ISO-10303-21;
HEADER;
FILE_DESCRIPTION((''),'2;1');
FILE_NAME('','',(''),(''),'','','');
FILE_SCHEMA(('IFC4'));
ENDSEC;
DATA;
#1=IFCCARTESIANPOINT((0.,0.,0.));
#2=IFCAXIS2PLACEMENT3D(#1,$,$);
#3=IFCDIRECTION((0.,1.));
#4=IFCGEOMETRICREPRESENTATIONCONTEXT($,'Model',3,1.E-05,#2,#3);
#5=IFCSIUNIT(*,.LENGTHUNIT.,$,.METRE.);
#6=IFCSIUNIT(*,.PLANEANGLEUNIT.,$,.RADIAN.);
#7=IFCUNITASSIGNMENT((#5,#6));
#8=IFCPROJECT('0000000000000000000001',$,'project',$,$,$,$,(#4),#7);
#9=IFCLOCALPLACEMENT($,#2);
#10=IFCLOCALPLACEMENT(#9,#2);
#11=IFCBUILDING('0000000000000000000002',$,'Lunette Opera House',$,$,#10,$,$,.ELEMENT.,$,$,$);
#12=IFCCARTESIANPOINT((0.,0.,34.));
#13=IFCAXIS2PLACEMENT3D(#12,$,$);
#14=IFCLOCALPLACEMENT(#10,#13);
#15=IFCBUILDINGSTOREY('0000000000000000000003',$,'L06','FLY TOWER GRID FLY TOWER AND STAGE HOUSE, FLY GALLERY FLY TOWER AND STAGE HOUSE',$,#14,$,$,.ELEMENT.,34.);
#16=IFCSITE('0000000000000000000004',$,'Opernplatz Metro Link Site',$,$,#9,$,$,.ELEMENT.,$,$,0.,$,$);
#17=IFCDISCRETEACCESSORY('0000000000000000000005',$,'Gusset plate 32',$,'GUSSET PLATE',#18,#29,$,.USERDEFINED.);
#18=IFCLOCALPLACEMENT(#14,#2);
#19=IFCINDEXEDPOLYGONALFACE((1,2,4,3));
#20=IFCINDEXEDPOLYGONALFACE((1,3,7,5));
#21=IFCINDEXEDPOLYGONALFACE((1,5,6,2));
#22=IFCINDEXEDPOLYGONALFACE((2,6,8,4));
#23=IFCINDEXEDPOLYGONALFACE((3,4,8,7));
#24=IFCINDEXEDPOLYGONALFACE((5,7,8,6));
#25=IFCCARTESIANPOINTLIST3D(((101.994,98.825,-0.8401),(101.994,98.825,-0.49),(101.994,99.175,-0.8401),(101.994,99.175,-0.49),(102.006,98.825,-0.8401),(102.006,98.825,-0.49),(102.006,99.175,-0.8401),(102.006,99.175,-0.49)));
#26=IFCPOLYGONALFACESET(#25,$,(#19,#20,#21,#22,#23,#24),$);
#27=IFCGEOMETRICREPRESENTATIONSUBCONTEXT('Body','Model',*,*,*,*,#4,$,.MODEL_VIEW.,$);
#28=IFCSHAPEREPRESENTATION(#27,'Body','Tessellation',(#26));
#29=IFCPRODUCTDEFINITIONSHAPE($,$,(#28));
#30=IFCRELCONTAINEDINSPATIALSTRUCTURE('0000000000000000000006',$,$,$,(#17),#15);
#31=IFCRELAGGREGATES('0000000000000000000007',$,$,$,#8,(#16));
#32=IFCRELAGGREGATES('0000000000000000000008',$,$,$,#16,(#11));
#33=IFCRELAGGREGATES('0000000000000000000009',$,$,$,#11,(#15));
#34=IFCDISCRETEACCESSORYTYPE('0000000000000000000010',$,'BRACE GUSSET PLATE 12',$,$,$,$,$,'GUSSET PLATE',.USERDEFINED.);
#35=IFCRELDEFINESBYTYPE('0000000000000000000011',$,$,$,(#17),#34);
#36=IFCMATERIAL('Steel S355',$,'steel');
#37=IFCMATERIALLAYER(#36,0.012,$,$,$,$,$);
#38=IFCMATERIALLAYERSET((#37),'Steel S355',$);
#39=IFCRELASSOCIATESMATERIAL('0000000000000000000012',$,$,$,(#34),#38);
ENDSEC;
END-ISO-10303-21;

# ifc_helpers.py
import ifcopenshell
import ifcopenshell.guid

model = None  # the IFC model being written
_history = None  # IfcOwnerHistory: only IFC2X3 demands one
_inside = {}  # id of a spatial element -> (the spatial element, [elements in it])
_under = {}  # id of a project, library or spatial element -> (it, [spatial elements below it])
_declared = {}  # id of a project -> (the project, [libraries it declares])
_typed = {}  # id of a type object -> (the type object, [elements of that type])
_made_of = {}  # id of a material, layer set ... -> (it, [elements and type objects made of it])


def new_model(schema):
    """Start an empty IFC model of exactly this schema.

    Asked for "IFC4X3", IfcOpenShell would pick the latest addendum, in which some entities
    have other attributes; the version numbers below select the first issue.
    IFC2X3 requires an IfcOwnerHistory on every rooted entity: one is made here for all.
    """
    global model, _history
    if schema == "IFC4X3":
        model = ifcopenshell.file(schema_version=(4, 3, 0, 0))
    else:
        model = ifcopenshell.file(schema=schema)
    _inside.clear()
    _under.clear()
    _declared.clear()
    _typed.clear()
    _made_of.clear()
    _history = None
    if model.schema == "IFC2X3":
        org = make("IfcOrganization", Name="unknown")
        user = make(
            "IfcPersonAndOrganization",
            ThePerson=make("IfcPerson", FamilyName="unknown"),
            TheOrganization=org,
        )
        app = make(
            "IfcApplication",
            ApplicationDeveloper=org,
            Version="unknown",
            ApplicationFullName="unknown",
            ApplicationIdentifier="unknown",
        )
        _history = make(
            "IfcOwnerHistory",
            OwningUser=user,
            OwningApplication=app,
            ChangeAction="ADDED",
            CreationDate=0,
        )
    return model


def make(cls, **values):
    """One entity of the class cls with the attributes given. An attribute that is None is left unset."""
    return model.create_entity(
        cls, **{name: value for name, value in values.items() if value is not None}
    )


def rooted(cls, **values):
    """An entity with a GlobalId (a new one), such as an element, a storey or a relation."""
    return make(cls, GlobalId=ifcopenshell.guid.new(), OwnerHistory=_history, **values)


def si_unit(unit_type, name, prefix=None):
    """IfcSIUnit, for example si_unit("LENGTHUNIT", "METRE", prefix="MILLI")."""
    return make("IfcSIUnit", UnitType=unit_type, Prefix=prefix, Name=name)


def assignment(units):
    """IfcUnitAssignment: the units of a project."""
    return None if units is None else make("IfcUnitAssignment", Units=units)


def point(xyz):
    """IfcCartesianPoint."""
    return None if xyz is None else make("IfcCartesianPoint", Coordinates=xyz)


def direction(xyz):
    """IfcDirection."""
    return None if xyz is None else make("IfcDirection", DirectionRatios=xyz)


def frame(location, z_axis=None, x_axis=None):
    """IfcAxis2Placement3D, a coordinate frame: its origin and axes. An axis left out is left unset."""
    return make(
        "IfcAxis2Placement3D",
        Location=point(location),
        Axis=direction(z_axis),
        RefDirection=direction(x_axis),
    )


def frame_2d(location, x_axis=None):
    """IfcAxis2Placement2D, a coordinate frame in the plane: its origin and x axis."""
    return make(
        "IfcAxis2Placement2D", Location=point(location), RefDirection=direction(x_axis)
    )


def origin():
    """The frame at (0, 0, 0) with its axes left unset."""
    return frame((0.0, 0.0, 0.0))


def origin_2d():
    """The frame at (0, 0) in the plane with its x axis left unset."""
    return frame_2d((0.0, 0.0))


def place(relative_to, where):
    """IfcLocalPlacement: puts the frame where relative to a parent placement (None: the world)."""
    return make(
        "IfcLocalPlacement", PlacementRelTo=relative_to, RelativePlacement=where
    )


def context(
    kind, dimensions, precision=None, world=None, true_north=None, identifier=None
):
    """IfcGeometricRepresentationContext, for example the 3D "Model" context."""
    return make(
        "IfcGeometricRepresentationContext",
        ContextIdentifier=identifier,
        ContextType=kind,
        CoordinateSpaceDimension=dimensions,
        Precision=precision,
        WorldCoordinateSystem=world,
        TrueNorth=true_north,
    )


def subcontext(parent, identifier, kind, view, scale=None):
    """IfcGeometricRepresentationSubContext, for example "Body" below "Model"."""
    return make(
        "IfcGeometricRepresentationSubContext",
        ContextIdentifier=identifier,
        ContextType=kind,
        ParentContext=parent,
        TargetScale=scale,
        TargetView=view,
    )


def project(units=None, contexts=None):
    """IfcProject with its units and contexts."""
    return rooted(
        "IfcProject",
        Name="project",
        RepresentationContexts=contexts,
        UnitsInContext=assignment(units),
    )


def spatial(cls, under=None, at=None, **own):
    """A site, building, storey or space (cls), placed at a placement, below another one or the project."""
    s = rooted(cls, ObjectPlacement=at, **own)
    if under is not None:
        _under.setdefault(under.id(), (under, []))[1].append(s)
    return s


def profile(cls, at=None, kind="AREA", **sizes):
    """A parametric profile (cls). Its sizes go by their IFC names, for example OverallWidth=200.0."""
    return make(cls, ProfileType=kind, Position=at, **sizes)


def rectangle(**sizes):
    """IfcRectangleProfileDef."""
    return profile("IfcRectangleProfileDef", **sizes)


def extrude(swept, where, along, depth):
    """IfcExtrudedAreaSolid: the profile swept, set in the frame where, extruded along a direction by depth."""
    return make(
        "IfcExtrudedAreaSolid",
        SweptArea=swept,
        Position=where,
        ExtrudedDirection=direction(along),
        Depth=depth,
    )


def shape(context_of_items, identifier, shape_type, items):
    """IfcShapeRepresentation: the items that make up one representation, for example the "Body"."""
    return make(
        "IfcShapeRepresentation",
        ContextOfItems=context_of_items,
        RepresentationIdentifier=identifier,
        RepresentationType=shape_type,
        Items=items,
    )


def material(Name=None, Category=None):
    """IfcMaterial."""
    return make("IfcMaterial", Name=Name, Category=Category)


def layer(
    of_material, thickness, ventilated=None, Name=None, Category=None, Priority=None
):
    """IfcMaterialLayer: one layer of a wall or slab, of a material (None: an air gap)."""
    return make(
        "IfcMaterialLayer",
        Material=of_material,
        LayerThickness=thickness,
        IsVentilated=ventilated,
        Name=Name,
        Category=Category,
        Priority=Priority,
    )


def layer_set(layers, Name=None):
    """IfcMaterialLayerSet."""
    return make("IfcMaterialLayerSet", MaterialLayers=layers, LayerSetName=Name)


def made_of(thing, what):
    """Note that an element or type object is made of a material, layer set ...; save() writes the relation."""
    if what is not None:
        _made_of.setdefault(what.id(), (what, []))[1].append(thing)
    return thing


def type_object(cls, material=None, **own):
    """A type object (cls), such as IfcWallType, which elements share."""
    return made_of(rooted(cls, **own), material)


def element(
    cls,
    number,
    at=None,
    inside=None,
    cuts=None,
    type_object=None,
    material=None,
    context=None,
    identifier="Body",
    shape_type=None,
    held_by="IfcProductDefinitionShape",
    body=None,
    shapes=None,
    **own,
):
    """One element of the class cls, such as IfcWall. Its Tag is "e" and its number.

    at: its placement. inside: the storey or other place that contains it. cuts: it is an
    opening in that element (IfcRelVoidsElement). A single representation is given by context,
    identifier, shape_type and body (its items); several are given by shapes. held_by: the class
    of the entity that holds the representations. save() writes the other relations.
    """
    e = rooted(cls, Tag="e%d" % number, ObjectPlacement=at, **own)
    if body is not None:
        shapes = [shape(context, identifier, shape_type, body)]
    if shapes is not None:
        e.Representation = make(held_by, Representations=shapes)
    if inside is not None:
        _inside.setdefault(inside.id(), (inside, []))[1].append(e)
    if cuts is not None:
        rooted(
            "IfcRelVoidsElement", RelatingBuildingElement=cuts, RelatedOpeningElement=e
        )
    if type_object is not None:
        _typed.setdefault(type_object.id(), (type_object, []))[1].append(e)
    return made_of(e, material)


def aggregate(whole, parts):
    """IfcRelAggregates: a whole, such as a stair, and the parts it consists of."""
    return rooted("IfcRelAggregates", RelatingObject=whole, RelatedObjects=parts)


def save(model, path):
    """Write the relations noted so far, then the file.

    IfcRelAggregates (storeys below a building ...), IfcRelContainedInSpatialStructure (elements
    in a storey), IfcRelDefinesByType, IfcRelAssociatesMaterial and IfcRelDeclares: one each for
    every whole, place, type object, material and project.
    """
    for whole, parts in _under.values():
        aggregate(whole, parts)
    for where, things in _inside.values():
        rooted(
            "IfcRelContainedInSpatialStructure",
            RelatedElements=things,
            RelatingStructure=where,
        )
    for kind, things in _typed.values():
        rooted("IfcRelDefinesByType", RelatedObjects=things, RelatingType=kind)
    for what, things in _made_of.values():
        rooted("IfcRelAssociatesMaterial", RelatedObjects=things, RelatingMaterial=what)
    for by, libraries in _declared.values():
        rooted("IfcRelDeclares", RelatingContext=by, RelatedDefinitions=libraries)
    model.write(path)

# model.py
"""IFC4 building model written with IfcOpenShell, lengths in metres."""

from ifc_helpers import new_model, si_unit, direction, frame, origin, origin_2d, place, context, subcontext, project, spatial, rectangle, extrude, material, layer, layer_set, type_object, element, save


model = new_model("IFC4")

# Units and contexts
model_context = context("Model", 3, precision=1e-05, world=origin(), true_north=direction((0.0, 1.0)))
body_context = subcontext(model_context, "Body", "Model", "MODEL_VIEW")
ifc_project = project(units=[si_unit("LENGTHUNIT", "METRE"), si_unit("PLANEANGLEUNIT", "RADIAN")], contexts=[model_context])

# Site, building, storey
site_placement = place(None, origin())
site = spatial("IfcSite", under=ifc_project, at=site_placement, Name="Opernplatz Metro Link Site", CompositionType="ELEMENT", RefElevation=0.0)
building_placement = place(site_placement, origin())
building = spatial("IfcBuilding", under=site, at=building_placement, Name="Lunette Opera House", CompositionType="ELEMENT")
storey_placement = place(building_placement, frame((0.0, 0.0, 34.0)))
storey = spatial("IfcBuildingStorey", under=building, at=storey_placement, Name="L06", Description="FLY TOWER GRID FLY TOWER AND STAGE HOUSE, FLY GALLERY FLY TOWER AND STAGE HOUSE", CompositionType="ELEMENT", Elevation=34.0)

# Discrete accessory
ifc_material_1 = material(Name="Steel S355", Category="steel")
ifc_layer_1 = layer(ifc_material_1, 0.012)
ifc_layer_set_1 = layer_set([ifc_layer_1], Name="Steel S355")
discrete_accessory_type = type_object("IfcDiscreteAccessoryType", Name="BRACE GUSSET PLATE 12", ElementType="GUSSET PLATE", PredefinedType="USERDEFINED", material=ifc_layer_set_1)
discrete_accessory_placement = place(storey_placement, frame((102.0, 99.0, -0.8401), z_axis=(0.0, 0.0, 1.0), x_axis=(0.0, 1.0, 0.0)))
element("IfcDiscreteAccessory", 1, at=discrete_accessory_placement, inside=storey, type_object=discrete_accessory_type, Name="Gusset plate 32", ObjectType="GUSSET PLATE", PredefinedType="USERDEFINED", context=body_context, shape_type="SweptSolid", body=[
    extrude(rectangle(XDim=0.3501, YDim=0.012, at=origin_2d()), origin(), (0.0, 0.0, 1.0), 0.3501),
])

save(model, "model.ifc")
